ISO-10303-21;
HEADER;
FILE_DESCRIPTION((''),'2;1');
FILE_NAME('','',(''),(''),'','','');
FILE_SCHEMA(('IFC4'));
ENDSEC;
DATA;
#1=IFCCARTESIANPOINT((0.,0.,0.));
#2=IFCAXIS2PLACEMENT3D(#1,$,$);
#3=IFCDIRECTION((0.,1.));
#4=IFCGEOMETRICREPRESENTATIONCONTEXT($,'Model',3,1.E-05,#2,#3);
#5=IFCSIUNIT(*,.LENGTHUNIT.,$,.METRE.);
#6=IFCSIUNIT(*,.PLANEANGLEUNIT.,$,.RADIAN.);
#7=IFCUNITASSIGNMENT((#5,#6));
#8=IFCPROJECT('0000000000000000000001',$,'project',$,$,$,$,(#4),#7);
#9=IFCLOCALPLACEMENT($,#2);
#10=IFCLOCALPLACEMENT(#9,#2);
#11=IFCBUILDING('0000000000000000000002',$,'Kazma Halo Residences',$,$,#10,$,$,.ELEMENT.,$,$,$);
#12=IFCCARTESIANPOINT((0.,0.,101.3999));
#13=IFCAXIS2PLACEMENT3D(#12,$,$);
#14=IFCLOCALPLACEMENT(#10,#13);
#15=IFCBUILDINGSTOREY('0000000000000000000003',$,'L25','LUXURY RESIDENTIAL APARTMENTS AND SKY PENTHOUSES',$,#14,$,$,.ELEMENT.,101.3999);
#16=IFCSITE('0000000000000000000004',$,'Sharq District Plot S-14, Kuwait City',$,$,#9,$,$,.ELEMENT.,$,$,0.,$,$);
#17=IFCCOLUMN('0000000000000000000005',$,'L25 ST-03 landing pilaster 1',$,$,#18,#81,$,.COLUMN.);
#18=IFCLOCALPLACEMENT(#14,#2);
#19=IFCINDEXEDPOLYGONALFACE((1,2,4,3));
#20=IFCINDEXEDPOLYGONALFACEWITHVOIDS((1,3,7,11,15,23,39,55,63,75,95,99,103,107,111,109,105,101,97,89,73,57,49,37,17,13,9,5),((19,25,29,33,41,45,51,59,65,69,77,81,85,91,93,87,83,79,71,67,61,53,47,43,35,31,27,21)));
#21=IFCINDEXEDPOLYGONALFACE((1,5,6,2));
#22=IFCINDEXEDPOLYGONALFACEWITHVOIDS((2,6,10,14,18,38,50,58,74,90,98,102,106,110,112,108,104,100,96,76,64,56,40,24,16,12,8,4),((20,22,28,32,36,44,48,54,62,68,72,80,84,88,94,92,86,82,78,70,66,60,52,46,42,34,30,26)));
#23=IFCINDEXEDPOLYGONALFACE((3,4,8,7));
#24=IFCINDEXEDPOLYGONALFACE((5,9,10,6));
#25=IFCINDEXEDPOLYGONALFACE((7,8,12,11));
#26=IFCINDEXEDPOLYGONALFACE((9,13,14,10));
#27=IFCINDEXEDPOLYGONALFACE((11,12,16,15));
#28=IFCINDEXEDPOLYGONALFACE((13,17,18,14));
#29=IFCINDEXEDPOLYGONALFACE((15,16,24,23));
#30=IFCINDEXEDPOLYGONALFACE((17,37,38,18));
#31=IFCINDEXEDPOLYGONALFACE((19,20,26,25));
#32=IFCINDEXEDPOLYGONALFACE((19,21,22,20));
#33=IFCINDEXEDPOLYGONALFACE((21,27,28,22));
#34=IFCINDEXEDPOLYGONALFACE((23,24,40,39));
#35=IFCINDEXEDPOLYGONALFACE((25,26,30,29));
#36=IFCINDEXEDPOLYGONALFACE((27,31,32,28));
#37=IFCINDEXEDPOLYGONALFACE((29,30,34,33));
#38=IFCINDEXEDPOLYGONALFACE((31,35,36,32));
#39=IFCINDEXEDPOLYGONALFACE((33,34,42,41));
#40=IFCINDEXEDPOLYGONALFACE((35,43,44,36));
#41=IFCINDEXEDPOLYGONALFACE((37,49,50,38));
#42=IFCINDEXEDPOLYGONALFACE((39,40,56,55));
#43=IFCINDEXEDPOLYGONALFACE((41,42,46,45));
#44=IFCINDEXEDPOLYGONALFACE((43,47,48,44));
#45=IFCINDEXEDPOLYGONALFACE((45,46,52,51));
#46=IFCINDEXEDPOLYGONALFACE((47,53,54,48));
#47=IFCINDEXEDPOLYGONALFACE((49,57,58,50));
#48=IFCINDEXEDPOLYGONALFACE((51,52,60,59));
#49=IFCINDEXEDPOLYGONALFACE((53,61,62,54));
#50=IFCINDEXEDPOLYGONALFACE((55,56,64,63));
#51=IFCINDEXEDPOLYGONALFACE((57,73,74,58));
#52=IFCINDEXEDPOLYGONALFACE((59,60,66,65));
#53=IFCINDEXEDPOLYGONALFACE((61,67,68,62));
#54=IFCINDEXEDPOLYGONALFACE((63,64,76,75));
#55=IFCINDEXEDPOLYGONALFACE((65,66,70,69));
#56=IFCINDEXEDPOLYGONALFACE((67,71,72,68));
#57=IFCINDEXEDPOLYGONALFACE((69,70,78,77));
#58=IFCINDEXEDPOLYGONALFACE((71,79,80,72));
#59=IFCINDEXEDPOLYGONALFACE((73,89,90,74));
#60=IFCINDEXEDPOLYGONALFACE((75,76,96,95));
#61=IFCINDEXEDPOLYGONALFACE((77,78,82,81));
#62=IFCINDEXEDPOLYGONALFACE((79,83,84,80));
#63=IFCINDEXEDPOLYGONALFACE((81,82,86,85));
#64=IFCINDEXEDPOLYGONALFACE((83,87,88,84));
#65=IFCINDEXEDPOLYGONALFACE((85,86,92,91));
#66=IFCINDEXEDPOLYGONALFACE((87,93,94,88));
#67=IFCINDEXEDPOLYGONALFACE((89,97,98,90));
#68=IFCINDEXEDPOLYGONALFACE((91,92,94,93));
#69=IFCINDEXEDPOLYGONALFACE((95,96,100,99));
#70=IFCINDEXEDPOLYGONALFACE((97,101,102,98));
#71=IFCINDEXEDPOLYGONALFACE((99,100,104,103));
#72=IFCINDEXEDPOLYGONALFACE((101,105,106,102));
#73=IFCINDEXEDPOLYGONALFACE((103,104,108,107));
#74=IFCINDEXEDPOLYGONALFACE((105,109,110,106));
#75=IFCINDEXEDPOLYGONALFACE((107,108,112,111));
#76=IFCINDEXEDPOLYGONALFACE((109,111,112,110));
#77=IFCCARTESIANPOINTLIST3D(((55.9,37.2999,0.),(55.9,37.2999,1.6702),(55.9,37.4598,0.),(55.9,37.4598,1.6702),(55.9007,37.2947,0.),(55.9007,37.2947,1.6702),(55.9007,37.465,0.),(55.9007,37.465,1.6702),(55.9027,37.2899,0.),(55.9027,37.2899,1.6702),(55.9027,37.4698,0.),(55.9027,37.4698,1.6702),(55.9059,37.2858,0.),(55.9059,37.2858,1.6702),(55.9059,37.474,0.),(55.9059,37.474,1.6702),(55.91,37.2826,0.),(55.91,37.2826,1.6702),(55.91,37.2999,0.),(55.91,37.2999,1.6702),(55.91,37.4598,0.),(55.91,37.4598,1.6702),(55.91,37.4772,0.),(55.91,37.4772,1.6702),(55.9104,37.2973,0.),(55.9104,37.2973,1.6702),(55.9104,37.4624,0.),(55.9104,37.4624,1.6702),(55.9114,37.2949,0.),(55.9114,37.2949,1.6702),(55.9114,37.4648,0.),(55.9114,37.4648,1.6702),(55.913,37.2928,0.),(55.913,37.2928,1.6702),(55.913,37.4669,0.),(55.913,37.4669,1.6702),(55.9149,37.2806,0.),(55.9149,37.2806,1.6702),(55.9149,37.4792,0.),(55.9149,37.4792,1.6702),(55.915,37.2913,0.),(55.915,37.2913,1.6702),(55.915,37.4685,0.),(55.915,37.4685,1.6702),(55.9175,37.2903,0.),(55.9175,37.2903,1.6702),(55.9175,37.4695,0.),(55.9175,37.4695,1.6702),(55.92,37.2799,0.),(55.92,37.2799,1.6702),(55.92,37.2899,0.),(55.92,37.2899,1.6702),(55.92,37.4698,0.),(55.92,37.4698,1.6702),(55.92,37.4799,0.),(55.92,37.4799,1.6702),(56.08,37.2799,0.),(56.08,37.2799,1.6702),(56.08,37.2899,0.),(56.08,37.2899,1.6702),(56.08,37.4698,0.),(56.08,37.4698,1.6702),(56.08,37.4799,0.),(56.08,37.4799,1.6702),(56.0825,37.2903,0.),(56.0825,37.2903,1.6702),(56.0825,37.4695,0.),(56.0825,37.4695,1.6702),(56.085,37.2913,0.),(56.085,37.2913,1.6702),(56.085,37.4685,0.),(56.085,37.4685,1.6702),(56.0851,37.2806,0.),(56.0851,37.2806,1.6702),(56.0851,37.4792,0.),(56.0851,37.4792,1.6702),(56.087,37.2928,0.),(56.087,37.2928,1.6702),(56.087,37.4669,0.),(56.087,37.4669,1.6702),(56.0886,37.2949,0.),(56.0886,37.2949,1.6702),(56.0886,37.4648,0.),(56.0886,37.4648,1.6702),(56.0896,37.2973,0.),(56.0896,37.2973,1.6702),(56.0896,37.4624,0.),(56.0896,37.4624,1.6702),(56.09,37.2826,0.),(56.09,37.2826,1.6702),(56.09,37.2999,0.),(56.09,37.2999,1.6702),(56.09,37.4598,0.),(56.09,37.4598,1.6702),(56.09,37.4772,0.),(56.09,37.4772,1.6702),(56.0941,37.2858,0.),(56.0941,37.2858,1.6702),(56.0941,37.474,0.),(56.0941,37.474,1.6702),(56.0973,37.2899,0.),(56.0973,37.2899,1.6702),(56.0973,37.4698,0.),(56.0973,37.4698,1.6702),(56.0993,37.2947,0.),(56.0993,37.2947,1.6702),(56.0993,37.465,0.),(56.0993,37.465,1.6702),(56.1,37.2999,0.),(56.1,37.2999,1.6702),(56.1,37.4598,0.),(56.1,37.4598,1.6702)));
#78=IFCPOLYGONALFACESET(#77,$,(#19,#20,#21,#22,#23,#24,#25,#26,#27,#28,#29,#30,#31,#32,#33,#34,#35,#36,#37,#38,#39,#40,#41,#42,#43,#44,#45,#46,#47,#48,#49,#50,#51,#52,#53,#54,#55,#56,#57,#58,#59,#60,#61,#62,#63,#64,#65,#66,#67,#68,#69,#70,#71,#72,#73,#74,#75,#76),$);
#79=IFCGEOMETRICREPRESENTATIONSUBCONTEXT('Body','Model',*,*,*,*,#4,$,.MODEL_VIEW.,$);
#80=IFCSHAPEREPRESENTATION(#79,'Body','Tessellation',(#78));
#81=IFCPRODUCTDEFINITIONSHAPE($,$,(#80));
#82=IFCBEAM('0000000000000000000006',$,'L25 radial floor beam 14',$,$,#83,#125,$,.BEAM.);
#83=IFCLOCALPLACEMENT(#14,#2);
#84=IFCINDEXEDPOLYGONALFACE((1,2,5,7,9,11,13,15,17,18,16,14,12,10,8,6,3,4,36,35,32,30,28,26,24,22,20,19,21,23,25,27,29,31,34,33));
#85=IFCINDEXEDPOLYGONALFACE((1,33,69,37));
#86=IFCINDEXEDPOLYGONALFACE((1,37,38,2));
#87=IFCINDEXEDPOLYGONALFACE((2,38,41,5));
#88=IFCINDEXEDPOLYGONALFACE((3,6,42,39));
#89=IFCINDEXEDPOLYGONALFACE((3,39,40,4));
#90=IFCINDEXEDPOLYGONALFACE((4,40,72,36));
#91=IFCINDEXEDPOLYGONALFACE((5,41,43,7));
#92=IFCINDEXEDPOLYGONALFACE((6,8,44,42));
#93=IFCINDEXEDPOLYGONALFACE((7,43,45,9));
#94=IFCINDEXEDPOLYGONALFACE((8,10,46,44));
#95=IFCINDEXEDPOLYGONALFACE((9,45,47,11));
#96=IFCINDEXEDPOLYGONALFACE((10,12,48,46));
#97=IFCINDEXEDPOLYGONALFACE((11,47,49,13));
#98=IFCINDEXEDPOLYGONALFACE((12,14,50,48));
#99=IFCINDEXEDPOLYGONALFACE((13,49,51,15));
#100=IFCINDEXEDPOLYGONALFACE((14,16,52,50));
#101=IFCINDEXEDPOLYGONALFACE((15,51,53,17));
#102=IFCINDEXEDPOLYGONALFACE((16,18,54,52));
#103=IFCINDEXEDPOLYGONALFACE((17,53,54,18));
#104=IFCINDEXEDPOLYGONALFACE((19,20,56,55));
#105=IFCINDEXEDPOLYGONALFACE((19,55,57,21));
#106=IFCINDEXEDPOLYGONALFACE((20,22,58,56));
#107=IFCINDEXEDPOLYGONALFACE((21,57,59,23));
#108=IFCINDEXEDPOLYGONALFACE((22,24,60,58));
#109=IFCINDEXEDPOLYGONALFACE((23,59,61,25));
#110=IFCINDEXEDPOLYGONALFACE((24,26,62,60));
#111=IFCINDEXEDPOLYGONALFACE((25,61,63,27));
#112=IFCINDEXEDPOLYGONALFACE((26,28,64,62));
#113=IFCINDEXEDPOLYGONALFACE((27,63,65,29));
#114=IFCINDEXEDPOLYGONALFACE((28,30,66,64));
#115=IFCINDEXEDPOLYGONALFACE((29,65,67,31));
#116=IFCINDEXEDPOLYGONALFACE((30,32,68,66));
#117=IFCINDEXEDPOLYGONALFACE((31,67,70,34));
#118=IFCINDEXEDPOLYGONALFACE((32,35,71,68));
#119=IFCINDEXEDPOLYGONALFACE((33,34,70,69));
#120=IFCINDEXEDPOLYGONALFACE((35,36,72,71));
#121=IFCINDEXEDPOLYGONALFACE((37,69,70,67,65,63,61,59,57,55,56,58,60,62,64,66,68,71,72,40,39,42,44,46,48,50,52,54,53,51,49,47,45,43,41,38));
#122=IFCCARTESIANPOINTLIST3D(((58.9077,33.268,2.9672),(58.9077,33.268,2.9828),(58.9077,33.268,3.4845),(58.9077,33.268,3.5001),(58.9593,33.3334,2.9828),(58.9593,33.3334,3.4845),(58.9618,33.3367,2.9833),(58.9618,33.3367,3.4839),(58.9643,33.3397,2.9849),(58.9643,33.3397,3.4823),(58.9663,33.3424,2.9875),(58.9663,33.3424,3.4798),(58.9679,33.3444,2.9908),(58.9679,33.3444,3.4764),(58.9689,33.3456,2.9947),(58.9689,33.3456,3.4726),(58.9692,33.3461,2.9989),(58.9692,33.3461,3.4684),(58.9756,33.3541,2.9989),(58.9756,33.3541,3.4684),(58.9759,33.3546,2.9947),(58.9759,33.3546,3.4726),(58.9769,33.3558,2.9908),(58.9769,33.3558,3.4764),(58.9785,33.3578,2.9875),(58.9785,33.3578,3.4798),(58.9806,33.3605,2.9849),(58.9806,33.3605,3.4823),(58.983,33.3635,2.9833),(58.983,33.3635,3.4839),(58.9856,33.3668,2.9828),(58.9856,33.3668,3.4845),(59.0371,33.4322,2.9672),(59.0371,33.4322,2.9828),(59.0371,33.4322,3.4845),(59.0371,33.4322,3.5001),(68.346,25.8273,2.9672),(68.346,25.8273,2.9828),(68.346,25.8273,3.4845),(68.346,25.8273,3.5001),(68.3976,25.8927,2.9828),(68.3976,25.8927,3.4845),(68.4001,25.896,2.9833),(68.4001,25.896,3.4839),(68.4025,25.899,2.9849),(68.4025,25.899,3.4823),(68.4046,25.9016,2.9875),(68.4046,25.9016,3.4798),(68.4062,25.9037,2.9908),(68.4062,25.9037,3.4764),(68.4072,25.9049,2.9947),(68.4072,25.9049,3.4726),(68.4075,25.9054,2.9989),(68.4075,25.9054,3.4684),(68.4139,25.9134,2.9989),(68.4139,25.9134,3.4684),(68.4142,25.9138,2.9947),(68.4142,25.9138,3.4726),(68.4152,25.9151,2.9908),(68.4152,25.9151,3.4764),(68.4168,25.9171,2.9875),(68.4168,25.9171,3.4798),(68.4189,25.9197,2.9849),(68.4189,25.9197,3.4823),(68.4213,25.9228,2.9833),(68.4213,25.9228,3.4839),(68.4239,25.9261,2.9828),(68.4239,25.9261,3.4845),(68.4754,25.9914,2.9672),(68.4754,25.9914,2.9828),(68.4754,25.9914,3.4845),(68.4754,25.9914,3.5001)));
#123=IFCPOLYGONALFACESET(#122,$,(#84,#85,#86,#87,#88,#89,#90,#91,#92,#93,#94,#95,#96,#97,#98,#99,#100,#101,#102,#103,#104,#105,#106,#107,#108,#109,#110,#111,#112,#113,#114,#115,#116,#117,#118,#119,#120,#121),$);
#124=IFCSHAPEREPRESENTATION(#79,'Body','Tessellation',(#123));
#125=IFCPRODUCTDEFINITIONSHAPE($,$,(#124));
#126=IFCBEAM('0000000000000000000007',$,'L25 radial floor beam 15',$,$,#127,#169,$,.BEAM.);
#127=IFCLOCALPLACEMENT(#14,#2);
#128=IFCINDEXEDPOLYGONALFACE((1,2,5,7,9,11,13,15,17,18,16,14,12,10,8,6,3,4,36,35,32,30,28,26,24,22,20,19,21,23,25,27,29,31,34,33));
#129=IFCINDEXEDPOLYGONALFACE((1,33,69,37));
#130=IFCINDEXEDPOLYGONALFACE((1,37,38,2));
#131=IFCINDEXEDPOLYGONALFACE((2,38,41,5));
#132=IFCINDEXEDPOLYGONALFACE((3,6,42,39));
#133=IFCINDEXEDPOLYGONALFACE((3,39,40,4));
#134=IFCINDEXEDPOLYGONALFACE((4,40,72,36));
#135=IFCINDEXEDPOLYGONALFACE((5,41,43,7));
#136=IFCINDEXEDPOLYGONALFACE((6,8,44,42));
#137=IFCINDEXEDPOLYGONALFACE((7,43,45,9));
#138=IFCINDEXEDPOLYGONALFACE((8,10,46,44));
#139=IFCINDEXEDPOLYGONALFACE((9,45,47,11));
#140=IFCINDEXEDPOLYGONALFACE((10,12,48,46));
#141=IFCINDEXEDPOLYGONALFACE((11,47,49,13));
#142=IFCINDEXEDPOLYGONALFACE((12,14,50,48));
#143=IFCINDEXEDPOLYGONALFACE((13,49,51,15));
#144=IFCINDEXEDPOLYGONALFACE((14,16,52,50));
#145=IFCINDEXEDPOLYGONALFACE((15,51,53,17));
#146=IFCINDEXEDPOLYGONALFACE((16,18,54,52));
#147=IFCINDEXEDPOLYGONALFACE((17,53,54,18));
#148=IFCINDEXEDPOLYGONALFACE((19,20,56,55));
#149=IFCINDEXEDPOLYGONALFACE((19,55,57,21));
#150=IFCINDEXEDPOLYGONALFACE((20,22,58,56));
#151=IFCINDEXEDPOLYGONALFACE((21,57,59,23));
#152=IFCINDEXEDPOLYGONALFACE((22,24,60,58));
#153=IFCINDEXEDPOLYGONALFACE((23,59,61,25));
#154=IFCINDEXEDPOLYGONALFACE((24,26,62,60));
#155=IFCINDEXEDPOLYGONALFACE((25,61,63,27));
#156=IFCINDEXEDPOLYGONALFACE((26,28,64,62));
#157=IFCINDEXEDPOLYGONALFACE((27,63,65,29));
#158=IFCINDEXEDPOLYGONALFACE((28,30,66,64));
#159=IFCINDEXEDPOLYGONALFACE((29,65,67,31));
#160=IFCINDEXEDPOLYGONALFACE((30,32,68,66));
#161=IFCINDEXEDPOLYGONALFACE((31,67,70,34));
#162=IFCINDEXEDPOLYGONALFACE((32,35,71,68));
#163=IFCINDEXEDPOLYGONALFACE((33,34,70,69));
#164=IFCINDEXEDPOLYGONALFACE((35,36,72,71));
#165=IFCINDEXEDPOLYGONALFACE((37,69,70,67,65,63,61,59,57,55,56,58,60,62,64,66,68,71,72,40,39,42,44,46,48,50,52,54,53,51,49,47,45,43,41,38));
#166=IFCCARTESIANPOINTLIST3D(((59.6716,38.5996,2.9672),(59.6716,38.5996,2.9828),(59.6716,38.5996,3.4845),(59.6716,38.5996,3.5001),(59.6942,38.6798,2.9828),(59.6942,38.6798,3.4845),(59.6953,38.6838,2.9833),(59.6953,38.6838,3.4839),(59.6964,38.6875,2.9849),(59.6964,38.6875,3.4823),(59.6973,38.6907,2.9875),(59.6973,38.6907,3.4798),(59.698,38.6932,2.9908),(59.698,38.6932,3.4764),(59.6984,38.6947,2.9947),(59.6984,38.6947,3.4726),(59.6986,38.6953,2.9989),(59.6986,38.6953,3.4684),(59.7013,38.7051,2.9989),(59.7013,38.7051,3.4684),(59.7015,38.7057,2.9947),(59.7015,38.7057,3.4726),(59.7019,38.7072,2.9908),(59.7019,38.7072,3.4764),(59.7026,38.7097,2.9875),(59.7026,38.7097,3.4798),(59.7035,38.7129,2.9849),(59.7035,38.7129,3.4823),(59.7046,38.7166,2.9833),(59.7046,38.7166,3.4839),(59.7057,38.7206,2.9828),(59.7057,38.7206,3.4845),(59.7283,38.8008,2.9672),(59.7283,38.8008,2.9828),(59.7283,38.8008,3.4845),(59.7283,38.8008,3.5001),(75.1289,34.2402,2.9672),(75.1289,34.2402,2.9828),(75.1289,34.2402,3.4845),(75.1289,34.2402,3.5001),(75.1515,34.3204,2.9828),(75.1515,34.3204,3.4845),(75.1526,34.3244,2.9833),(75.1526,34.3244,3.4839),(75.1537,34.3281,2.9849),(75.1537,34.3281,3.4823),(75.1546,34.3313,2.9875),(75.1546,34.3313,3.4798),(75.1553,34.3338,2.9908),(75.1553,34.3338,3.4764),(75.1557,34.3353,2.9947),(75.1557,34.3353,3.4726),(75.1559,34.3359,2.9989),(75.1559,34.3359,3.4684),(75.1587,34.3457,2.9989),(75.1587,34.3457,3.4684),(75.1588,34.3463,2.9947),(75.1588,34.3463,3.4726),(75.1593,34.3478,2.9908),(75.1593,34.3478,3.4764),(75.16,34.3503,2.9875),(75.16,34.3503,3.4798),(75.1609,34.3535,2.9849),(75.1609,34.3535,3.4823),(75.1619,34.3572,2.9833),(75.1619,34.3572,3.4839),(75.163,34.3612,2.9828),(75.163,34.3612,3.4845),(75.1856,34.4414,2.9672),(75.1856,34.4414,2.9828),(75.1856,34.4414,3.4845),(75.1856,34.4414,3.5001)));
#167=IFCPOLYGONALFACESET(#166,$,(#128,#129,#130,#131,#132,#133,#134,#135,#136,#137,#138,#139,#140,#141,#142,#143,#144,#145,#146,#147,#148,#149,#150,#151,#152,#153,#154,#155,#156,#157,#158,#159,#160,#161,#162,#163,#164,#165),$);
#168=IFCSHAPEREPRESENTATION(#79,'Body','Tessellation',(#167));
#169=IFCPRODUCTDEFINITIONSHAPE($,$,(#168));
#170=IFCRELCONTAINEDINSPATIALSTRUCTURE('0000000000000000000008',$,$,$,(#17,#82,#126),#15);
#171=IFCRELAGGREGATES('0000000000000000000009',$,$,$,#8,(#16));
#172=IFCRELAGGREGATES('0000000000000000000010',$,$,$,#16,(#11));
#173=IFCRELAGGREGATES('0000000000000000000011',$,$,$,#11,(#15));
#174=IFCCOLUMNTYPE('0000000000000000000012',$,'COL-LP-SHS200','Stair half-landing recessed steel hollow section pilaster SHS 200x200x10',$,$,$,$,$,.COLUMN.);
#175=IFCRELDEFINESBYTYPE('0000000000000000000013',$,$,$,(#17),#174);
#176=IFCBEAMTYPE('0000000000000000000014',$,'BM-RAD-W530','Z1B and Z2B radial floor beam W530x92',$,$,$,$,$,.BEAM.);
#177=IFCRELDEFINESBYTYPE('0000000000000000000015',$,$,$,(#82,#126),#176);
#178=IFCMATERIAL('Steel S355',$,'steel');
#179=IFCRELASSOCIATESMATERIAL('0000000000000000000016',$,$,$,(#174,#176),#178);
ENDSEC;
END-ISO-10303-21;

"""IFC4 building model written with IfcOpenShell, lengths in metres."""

from ifc_helpers import new_model, si_unit, direction, frame, origin, origin_2d, place, context, subcontext, project, spatial, hollow_rectangle, i_section, extrude, material, material_profile, profile_set, type_object, element, save


model = new_model("IFC4")

# Units and contexts
model_context = context("Model", 3, precision=1e-05, world=origin(), true_north=direction((0.0, 1.0)))
body_context = subcontext(model_context, "Body", "Model", "MODEL_VIEW")
ifc_project = project(units=[si_unit("LENGTHUNIT", "METRE"), si_unit("PLANEANGLEUNIT", "RADIAN")], contexts=[model_context])

# Site, building, storey
site_placement = place(None, origin())
site = spatial("IfcSite", under=ifc_project, at=site_placement, Name="Sharq District Plot S-14, Kuwait City", CompositionType="ELEMENT", RefElevation=0.0)
building_placement = place(site_placement, origin())
building = spatial("IfcBuilding", under=site, at=building_placement, Name="Kazma Halo Residences", CompositionType="ELEMENT")
storey_placement = place(building_placement, frame((0.0, 0.0, 101.3999)))
storey = spatial("IfcBuildingStorey", under=building, at=storey_placement, Name="L25", Description="LUXURY RESIDENTIAL APARTMENTS AND SKY PENTHOUSES", CompositionType="ELEMENT", Elevation=101.3999)

# Column
ifc_material_1 = material(Name="Steel S355", Category="steel")
ifc_material_profile_1 = material_profile(ifc_material_1, hollow_rectangle(XDim=0.2, YDim=0.2, WallThickness=0.01, InnerFilletRadius=0.01, OuterFilletRadius=0.02, at=origin_2d()), Name="SHS200x200x10")
ifc_profile_set_1 = profile_set([ifc_material_profile_1], Name="Steel S355")
column_type = type_object("IfcColumnType", Name="COL-LP-SHS200", Description="Stair half-landing recessed steel hollow section pilaster SHS 200x200x10", PredefinedType="COLUMN", material=ifc_profile_set_1)
column_placement = place(storey_placement, frame((56.0, 37.3799, 0.0), z_axis=(0.0, 0.0, 1.0), x_axis=(1.0, 0.0, 0.0)))
element("IfcColumn", 1, at=column_placement, inside=storey, type_object=column_type, Name="L25 ST-03 landing pilaster 1", PredefinedType="COLUMN", context=body_context, shape_type="SweptSolid", body=[
    extrude(hollow_rectangle(XDim=0.2, YDim=0.2, WallThickness=0.01, InnerFilletRadius=0.01, OuterFilletRadius=0.02, at=origin_2d()), origin(), (0.0, 0.0, 1.0), 1.6702),
])

# Beams
ifc_material_profile_2 = material_profile(ifc_material_1, i_section(OverallWidth=0.209, OverallDepth=0.533, WebThickness=0.0103, FlangeThickness=0.0156, FilletRadius=0.0161, at=origin_2d()), Name="W530x92")
ifc_profile_set_2 = profile_set([ifc_material_profile_2], Name="Steel S355")
beam_type_1 = type_object("IfcBeamType", Name="BM-RAD-W530", Description="Z1B and Z2B radial floor beam W530x92", PredefinedType="BEAM", material=ifc_profile_set_2)
beam_1_placement = place(storey_placement, frame((58.9724, 33.3501, 3.2336), z_axis=(0.78531, -0.619103, 0.0), x_axis=(0.619103, 0.78531, 0.0)))
element("IfcBeam", 2, at=beam_1_placement, inside=storey, type_object=beam_type_1, Name="L25 radial floor beam 14", PredefinedType="BEAM", context=body_context, shape_type="SweptSolid", body=[
    extrude(i_section(OverallWidth=0.209, OverallDepth=0.533, WebThickness=0.0103, FlangeThickness=0.0156, FilletRadius=0.0161, at=origin_2d()), origin(), (0.0, 0.0, 1.0), 12.0186),
])
beam_2_placement = place(storey_placement, frame((59.7, 38.7002, 3.2336), z_axis=(0.962456, -0.271439, 0.0), x_axis=(0.271439, 0.962456, 0.0)))
element("IfcBeam", 3, at=beam_2_placement, inside=storey, type_object=beam_type_1, Name="L25 radial floor beam 15", PredefinedType="BEAM", context=body_context, shape_type="SweptSolid", body=[
    extrude(i_section(OverallWidth=0.209, OverallDepth=0.533, WebThickness=0.0103, FlangeThickness=0.0156, FilletRadius=0.0161, at=origin_2d()), origin(), (0.0, 0.0, 1.0), 16.0603),
])

save(model, "model.ifc")
